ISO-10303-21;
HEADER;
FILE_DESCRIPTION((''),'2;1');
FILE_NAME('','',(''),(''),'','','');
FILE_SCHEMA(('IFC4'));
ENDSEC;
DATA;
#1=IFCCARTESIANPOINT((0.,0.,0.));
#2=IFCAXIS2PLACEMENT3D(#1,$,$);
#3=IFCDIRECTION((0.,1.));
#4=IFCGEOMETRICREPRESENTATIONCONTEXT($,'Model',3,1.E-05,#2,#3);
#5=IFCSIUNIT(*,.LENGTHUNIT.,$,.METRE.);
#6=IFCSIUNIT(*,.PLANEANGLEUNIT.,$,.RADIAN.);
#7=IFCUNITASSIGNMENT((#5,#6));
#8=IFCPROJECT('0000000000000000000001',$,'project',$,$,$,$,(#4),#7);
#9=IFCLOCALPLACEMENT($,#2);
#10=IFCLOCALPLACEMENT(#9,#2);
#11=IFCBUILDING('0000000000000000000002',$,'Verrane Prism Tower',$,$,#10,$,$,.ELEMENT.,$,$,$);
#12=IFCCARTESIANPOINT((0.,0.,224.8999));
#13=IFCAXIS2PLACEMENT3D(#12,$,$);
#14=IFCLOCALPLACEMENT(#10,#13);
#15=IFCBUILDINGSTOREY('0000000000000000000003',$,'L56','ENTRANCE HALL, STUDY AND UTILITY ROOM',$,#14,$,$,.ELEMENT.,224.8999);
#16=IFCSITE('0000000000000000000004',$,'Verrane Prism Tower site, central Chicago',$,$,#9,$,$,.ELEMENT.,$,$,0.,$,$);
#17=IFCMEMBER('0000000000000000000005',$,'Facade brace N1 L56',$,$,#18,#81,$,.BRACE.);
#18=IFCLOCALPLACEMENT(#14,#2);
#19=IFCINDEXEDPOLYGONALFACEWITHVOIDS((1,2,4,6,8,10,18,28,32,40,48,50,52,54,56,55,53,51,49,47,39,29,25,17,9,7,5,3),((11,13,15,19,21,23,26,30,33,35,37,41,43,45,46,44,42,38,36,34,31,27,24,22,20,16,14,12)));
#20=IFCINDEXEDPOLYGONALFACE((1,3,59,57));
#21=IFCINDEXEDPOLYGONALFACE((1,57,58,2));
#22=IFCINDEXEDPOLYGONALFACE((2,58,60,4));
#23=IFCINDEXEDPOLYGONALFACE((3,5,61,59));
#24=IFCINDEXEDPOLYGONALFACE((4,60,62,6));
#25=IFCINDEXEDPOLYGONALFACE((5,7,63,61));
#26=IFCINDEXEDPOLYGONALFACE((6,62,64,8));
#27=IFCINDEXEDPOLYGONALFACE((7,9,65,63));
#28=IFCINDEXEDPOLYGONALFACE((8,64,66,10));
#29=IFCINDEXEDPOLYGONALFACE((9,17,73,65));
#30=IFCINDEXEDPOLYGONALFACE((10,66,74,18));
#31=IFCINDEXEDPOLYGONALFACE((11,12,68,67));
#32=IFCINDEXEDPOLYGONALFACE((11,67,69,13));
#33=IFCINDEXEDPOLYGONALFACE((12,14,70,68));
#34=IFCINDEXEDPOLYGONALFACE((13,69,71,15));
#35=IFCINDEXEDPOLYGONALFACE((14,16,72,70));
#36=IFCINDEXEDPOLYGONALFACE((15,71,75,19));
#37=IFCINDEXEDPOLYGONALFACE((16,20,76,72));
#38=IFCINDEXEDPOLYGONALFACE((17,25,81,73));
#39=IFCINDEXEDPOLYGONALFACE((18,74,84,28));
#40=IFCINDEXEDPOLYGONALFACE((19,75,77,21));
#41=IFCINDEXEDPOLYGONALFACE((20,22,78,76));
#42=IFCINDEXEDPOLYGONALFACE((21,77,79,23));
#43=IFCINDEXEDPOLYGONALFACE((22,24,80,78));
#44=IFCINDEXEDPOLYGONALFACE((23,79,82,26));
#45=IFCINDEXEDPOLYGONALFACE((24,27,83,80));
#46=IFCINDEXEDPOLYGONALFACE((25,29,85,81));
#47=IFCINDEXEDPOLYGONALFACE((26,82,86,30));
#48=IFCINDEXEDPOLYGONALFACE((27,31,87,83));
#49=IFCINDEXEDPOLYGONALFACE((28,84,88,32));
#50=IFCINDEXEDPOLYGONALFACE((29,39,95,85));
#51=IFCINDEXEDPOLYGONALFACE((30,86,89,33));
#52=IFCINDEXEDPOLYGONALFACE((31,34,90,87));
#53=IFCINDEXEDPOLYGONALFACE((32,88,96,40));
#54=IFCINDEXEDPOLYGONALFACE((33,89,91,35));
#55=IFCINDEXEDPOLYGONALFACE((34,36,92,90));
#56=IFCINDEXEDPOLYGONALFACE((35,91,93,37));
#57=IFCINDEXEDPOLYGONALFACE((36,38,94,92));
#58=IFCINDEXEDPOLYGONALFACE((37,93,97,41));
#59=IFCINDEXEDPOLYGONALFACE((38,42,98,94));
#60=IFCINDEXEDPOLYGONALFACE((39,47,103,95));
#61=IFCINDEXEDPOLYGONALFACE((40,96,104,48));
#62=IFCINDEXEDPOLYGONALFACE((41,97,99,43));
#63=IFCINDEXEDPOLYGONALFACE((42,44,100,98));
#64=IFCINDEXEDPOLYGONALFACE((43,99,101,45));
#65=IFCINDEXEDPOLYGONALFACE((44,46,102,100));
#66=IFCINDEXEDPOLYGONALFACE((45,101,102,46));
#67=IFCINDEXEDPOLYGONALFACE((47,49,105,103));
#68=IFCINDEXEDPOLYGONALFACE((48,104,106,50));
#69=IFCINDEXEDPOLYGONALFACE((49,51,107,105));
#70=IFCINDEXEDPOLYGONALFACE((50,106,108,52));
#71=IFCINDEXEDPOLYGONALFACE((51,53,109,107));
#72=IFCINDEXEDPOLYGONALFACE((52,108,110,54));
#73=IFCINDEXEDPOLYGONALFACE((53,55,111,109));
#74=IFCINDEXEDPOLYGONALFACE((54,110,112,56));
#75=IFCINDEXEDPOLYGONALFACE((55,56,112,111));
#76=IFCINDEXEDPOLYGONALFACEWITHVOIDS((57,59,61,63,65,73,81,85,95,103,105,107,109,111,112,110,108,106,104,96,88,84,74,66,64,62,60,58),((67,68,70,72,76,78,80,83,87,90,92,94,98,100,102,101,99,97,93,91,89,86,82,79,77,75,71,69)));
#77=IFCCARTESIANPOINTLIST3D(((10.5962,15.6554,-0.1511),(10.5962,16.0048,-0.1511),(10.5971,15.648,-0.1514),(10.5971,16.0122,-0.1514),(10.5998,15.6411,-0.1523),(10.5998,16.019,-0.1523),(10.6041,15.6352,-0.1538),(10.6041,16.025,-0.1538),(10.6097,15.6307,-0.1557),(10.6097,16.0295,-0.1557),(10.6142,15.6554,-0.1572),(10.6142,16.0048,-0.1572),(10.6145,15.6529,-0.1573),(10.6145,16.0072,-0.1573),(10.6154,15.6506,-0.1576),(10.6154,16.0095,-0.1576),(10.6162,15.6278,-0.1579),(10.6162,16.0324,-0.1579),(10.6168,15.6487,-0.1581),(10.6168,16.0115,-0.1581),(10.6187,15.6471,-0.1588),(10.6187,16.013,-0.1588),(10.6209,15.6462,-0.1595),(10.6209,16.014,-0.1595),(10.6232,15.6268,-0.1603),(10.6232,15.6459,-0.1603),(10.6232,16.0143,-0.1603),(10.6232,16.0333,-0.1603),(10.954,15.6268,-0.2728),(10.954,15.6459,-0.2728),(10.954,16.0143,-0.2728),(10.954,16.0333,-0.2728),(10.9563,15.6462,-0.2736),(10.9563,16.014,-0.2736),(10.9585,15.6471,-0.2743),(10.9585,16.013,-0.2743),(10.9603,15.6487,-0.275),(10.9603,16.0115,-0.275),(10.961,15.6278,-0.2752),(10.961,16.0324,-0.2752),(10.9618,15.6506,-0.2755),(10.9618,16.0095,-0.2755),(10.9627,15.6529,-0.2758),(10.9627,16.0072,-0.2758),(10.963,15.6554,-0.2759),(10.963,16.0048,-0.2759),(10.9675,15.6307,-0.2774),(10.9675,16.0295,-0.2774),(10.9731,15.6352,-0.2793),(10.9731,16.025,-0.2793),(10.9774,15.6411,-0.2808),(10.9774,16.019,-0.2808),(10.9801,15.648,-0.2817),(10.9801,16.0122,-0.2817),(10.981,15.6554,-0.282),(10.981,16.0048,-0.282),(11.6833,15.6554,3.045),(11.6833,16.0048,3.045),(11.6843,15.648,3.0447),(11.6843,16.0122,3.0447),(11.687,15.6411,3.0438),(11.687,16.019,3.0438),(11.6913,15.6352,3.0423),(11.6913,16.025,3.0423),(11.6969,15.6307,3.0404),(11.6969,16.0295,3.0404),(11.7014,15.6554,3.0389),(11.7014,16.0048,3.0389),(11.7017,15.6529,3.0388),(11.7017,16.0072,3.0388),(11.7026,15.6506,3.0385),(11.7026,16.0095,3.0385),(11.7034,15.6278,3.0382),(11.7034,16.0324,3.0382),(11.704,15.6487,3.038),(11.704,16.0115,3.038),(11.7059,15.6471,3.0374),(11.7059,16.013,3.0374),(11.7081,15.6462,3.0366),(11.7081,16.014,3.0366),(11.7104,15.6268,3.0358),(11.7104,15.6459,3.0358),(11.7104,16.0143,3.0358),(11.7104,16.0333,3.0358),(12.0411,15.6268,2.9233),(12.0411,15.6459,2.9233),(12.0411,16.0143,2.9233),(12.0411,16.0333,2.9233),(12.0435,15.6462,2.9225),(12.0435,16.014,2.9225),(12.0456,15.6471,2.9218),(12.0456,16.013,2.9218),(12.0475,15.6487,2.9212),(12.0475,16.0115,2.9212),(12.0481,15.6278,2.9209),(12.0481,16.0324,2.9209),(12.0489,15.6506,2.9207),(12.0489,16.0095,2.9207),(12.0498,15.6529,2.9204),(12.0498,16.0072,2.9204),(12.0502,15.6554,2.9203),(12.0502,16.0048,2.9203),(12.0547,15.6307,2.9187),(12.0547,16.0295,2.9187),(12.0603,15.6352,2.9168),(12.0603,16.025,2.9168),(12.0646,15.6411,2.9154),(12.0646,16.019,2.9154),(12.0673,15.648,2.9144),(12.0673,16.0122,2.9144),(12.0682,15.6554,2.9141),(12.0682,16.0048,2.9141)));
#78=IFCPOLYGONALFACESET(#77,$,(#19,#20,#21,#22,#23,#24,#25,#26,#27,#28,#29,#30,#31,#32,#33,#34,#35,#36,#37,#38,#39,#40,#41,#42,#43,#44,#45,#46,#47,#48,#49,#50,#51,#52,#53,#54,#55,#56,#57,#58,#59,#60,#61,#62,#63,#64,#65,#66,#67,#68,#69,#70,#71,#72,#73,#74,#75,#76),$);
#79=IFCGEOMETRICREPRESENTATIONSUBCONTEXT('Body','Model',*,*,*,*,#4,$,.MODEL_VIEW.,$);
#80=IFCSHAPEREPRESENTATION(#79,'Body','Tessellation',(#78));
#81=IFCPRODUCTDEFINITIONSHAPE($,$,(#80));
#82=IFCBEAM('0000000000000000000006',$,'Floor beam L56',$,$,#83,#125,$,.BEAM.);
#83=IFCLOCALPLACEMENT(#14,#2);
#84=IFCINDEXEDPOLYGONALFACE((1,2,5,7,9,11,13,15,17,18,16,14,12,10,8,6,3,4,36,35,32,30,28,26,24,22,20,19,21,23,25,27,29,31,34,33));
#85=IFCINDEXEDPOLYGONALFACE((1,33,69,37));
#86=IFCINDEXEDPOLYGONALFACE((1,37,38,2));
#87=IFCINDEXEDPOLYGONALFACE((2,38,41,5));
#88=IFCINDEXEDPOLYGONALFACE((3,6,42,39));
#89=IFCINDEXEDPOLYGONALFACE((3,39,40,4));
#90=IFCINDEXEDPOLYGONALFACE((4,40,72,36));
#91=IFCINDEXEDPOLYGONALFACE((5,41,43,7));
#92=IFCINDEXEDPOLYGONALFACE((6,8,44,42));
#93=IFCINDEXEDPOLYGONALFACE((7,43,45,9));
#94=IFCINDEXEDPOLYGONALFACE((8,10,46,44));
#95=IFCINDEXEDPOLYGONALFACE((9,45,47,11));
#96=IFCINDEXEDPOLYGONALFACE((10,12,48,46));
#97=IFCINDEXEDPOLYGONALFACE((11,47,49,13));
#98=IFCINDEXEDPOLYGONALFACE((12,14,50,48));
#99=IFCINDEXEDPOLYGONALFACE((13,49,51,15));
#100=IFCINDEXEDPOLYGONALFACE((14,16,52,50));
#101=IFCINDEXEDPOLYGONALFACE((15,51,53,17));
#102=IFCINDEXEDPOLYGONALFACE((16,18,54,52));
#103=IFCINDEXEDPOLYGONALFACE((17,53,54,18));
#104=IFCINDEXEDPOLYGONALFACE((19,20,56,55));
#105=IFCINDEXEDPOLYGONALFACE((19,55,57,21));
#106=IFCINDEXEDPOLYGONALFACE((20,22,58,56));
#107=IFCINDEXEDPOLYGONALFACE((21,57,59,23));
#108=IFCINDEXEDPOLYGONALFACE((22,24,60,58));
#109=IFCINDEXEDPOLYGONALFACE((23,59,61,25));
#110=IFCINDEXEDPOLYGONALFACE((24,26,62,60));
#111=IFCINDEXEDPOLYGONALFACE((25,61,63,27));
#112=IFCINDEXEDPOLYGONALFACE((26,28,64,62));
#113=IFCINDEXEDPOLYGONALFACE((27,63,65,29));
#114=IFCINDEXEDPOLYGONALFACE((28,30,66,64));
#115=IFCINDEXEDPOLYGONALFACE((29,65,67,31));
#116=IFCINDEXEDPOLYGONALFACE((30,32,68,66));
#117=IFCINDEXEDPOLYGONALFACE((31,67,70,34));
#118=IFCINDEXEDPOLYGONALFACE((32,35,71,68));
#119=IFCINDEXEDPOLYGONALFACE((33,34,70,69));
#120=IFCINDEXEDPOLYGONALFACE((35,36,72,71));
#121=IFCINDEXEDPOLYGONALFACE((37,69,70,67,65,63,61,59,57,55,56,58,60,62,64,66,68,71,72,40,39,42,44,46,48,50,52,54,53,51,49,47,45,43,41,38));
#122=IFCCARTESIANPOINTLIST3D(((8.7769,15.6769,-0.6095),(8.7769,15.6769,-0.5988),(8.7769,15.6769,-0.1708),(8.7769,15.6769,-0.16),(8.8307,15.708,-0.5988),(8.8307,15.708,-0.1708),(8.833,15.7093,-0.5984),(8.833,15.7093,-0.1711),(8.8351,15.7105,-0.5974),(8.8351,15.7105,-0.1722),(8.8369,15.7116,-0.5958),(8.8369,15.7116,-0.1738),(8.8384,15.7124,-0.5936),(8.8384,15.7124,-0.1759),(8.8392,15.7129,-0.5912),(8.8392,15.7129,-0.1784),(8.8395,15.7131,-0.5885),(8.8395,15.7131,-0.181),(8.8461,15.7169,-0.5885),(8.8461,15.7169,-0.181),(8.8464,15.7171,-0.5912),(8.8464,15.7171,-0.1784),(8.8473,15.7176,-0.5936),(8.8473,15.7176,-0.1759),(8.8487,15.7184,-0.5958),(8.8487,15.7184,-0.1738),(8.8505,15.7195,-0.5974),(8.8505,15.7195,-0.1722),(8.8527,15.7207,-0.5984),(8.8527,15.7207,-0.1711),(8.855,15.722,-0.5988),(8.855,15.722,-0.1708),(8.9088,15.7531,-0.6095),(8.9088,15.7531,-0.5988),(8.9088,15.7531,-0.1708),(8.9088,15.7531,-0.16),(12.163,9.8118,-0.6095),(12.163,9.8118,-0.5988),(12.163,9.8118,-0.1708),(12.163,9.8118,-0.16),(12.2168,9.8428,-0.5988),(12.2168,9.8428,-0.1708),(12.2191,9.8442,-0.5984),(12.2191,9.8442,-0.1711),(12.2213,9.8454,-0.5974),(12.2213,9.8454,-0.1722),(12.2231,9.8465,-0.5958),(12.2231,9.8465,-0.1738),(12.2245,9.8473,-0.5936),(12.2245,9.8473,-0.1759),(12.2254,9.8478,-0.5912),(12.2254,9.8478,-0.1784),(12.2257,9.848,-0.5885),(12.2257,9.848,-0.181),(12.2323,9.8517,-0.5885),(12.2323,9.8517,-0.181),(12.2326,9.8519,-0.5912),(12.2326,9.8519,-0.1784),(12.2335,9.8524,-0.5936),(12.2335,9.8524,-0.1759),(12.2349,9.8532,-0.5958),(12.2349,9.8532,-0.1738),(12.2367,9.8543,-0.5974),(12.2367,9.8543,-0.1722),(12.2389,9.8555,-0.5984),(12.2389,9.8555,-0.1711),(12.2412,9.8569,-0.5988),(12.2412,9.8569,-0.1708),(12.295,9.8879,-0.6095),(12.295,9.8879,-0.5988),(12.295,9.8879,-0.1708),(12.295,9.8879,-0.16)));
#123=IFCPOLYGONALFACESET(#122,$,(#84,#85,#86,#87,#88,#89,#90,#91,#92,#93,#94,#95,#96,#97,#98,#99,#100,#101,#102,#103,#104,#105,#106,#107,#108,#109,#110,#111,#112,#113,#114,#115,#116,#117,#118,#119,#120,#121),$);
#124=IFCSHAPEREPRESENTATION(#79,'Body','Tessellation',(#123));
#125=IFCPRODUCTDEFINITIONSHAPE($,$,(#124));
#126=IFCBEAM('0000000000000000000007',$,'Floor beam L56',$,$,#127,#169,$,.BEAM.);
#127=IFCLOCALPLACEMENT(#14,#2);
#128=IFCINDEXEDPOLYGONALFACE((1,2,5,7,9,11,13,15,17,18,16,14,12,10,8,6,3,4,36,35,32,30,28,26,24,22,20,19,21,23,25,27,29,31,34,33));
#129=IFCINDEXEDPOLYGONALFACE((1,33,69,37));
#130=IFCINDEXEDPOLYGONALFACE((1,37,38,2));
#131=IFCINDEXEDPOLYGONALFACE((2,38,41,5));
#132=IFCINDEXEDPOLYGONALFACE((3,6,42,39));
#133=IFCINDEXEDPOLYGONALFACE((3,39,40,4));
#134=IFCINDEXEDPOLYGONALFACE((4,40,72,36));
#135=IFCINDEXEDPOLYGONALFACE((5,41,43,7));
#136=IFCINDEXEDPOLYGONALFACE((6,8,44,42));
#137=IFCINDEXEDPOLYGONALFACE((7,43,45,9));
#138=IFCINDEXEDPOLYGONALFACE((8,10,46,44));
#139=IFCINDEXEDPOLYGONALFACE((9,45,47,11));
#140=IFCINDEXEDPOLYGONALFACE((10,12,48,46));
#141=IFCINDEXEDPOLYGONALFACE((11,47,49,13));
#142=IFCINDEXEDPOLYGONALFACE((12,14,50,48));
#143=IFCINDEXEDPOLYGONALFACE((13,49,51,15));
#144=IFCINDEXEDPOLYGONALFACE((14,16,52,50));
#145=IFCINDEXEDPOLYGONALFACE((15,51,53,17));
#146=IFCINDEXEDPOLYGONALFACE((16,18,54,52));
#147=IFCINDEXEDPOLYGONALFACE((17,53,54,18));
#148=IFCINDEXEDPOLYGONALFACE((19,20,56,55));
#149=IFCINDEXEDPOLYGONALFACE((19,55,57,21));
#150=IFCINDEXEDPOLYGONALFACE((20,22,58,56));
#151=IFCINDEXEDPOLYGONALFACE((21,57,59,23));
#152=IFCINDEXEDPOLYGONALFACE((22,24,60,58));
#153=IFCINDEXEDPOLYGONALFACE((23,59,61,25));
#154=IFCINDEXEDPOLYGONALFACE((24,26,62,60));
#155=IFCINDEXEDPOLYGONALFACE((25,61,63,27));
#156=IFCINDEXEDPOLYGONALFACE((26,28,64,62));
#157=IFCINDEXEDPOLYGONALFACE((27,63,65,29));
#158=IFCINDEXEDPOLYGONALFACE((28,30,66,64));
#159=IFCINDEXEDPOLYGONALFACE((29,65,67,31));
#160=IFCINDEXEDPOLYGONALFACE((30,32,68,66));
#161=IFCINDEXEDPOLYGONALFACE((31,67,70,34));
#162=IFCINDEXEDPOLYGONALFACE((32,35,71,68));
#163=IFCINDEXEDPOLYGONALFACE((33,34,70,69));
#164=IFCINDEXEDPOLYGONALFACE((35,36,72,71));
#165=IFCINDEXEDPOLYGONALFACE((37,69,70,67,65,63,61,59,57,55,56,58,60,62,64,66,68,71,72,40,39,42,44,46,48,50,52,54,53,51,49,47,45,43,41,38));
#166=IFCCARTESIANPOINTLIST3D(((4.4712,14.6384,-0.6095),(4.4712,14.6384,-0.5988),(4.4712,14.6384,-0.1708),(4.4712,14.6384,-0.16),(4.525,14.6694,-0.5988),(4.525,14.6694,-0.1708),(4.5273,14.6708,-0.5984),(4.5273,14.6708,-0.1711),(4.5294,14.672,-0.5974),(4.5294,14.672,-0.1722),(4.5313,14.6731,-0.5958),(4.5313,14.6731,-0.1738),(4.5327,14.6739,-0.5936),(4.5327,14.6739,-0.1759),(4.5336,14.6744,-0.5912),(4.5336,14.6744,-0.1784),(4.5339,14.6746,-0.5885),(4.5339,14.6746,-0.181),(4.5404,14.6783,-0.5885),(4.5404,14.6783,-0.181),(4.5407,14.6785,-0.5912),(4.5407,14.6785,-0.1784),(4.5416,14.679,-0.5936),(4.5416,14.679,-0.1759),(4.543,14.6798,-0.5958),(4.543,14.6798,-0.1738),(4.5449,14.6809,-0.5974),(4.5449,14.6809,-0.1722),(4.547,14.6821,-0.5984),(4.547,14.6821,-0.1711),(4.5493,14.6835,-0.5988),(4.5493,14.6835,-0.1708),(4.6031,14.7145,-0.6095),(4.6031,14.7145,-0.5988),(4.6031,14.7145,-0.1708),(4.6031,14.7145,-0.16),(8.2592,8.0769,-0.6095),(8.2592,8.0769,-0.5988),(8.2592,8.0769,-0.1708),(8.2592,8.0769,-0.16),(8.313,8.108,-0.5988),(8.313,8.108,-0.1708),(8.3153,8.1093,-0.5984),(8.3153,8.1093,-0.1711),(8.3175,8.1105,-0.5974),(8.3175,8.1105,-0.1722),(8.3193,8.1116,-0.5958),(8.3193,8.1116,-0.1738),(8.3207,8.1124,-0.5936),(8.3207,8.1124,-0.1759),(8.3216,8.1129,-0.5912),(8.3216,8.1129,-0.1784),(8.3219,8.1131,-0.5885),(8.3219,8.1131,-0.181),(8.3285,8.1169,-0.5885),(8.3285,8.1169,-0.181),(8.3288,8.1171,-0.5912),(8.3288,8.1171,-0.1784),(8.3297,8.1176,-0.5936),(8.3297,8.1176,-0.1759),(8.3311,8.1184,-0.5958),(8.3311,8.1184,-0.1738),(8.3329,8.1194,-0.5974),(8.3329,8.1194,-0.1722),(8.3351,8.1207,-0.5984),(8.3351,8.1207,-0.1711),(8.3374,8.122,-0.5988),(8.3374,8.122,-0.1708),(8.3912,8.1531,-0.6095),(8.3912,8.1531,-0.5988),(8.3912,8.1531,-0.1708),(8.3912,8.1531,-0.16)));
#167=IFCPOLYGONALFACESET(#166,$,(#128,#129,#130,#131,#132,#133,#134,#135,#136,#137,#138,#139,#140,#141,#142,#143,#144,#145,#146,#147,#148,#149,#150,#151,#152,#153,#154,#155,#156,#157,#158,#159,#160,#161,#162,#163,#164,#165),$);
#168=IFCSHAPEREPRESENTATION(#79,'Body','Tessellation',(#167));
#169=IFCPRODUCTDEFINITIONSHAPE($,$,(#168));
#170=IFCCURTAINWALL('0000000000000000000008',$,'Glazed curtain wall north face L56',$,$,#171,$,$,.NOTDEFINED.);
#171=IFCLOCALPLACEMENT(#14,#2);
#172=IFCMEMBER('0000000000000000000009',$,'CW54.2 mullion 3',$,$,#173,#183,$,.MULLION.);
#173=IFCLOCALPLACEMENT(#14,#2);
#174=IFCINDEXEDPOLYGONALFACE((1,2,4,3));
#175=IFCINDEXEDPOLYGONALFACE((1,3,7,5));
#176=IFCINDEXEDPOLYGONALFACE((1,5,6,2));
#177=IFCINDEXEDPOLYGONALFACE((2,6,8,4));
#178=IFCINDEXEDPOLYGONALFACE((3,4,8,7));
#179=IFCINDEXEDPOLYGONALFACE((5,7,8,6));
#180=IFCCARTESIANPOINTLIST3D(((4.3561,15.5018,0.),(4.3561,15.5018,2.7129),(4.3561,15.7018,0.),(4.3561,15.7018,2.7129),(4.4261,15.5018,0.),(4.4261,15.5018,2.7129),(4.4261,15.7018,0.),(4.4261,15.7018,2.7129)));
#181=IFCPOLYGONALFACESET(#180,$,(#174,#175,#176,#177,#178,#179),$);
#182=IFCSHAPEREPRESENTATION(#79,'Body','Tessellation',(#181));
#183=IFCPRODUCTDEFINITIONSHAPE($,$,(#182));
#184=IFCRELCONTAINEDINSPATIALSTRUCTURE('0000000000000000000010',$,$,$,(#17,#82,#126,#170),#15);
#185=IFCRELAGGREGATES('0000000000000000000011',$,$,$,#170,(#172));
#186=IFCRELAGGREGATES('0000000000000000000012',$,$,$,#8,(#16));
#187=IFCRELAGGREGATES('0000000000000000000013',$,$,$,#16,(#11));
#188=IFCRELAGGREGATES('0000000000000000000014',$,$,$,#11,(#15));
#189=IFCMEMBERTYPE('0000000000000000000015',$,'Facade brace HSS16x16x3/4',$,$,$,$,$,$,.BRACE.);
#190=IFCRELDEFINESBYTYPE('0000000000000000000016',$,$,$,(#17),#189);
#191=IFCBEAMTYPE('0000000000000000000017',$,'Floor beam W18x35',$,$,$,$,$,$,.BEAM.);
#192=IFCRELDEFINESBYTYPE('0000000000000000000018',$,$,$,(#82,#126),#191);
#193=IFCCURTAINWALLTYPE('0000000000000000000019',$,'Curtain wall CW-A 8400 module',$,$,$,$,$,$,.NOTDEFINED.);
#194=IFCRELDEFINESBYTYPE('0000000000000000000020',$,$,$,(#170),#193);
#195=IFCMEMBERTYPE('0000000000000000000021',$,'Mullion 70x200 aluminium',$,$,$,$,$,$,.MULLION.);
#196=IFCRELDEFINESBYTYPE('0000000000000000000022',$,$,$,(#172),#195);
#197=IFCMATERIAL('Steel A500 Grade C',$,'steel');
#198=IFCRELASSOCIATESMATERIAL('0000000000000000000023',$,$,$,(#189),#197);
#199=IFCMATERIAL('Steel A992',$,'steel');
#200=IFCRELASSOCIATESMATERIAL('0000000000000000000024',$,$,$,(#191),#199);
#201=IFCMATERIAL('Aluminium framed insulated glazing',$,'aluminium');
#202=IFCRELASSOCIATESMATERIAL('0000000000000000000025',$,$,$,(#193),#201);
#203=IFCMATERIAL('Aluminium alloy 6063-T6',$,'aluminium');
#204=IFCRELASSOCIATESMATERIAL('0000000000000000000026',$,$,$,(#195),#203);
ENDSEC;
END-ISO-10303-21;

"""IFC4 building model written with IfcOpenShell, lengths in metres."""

from ifc_helpers import new_model, si_unit, direction, frame, origin, origin_2d, place, context, subcontext, project, spatial, rectangle, hollow_rectangle, i_section, extrude, material, material_profile, profile_set, type_object, element, aggregate, save


model = new_model("IFC4")

# Units and contexts
model_context = context("Model", 3, precision=1e-05, world=origin(), true_north=direction((0.0, 1.0)))
body_context = subcontext(model_context, "Body", "Model", "MODEL_VIEW")
ifc_project = project(units=[si_unit("LENGTHUNIT", "METRE"), si_unit("PLANEANGLEUNIT", "RADIAN")], contexts=[model_context])

# Site, building, storey
site_placement = place(None, origin())
site = spatial("IfcSite", under=ifc_project, at=site_placement, Name="Verrane Prism Tower site, central Chicago", CompositionType="ELEMENT", RefElevation=0.0)
building_placement = place(site_placement, origin())
building = spatial("IfcBuilding", under=site, at=building_placement, Name="Verrane Prism Tower", CompositionType="ELEMENT")
storey_placement = place(building_placement, frame((0.0, 0.0, 224.8999)))
storey = spatial("IfcBuildingStorey", under=building, at=storey_placement, Name="L56", Description="ENTRANCE HALL, STUDY AND UTILITY ROOM", CompositionType="ELEMENT", Elevation=224.8999)

# Member
ifc_material_1 = material(Name="Steel A500 Grade C", Category="steel")
ifc_material_profile_1 = material_profile(ifc_material_1, hollow_rectangle(XDim=0.4065, YDim=0.4065, WallThickness=0.019, InnerFilletRadius=0.0095, OuterFilletRadius=0.0286, at=origin_2d()), Name="HSS16x16x3/4")
ifc_profile_set_1 = profile_set([ifc_material_profile_1], Name="Steel A500 Grade C")
member_type_1 = type_object("IfcMemberType", Name="Facade brace HSS16x16x3/4", PredefinedType="BRACE", material=ifc_profile_set_1)
member_1_placement = place(storey_placement, frame((10.7886, 15.8301, -0.2166), z_axis=(0.322036, 0.0, 0.946727), x_axis=(0.0, 1.0, 0.0)))
element("IfcMember", 1, at=member_1_placement, inside=storey, type_object=member_type_1, Name="Facade brace N1 L56", PredefinedType="BRACE", context=body_context, shape_type="SweptSolid", body=[
    extrude(hollow_rectangle(XDim=0.4065, YDim=0.4065, WallThickness=0.019, InnerFilletRadius=0.0095, OuterFilletRadius=0.0286, at=origin_2d()), origin(), (0.0, 0.0, 1.0), 3.376),
])

# Beams
ifc_material_2 = material(Name="Steel A992", Category="steel")
ifc_material_profile_2 = material_profile(ifc_material_2, i_section(OverallWidth=0.1523, OverallDepth=0.4495, WebThickness=0.0076, FlangeThickness=0.0107, FilletRadius=0.0103, at=origin_2d()), Name="W18x35")
ifc_profile_set_2 = profile_set([ifc_material_profile_2], Name="Steel A992")
beam_type_1 = type_object("IfcBeamType", Name="Floor beam W18x35", PredefinedType="BEAM", material=ifc_profile_set_2)
beam_1_placement = place(storey_placement, frame((12.229, 9.8499, -0.3848), z_axis=(-0.499993, 0.86603, 0.0), x_axis=(-0.86603, -0.499993, 0.0)))
element("IfcBeam", 2, at=beam_1_placement, inside=storey, type_object=beam_type_1, Name="Floor beam L56", PredefinedType="BEAM", context=body_context, shape_type="SweptSolid", body=[
    extrude(i_section(OverallWidth=0.1523, OverallDepth=0.4495, WebThickness=0.0076, FlangeThickness=0.0107, FilletRadius=0.0103, at=origin_2d()), origin(), (0.0, 0.0, 1.0), 6.7725),
])
beam_2_placement = place(storey_placement, frame((8.3252, 8.115, -0.3848), z_axis=(-0.499979, 0.866037, 0.0), x_axis=(-0.866037, -0.499979, 0.0)))
element("IfcBeam", 3, at=beam_2_placement, inside=storey, type_object=beam_type_1, Name="Floor beam L56", PredefinedType="BEAM", context=body_context, shape_type="SweptSolid", body=[
    extrude(i_section(OverallWidth=0.1523, OverallDepth=0.4495, WebThickness=0.0076, FlangeThickness=0.0107, FilletRadius=0.0103, at=origin_2d()), origin(), (0.0, 0.0, 1.0), 7.5764),
])

# Curtain wall, member
ifc_material_3 = material(Name="Aluminium framed insulated glazing", Category="aluminium")
curtain_wall_type = type_object("IfcCurtainWallType", Name="Curtain wall CW-A 8400 module", PredefinedType="NOTDEFINED", material=ifc_material_3)
curtain_wall_placement = place(storey_placement, origin())
curtain_wall = element("IfcCurtainWall", 4, at=curtain_wall_placement, inside=storey, type_object=curtain_wall_type, Name="Glazed curtain wall north face L56", PredefinedType="NOTDEFINED")
ifc_material_4 = material(Name="Aluminium alloy 6063-T6", Category="aluminium")
ifc_material_profile_3 = material_profile(ifc_material_4, rectangle(XDim=0.2, YDim=0.0701, at=origin_2d()), Name="Mullion 70x200 aluminium")
ifc_profile_set_3 = profile_set([ifc_material_profile_3], Name="Aluminium alloy 6063-T6")
member_type_2 = type_object("IfcMemberType", Name="Mullion 70x200 aluminium", PredefinedType="MULLION", material=ifc_profile_set_3)
member_2_placement = place(storey_placement, frame((4.3911, 15.6018, 0.0), z_axis=(0.0, 0.0, 1.0), x_axis=(0.0, -1.0, 0.0)))
member_2 = element("IfcMember", 5, at=member_2_placement, type_object=member_type_2, Name="CW54.2 mullion 3", PredefinedType="MULLION", context=body_context, shape_type="SweptSolid", body=[
    extrude(rectangle(XDim=0.2, YDim=0.0701, at=origin_2d()), origin(), (0.0, 0.0, 1.0), 2.7129),
])

aggregate(curtain_wall, [member_2])

save(model, "model.ifc")
